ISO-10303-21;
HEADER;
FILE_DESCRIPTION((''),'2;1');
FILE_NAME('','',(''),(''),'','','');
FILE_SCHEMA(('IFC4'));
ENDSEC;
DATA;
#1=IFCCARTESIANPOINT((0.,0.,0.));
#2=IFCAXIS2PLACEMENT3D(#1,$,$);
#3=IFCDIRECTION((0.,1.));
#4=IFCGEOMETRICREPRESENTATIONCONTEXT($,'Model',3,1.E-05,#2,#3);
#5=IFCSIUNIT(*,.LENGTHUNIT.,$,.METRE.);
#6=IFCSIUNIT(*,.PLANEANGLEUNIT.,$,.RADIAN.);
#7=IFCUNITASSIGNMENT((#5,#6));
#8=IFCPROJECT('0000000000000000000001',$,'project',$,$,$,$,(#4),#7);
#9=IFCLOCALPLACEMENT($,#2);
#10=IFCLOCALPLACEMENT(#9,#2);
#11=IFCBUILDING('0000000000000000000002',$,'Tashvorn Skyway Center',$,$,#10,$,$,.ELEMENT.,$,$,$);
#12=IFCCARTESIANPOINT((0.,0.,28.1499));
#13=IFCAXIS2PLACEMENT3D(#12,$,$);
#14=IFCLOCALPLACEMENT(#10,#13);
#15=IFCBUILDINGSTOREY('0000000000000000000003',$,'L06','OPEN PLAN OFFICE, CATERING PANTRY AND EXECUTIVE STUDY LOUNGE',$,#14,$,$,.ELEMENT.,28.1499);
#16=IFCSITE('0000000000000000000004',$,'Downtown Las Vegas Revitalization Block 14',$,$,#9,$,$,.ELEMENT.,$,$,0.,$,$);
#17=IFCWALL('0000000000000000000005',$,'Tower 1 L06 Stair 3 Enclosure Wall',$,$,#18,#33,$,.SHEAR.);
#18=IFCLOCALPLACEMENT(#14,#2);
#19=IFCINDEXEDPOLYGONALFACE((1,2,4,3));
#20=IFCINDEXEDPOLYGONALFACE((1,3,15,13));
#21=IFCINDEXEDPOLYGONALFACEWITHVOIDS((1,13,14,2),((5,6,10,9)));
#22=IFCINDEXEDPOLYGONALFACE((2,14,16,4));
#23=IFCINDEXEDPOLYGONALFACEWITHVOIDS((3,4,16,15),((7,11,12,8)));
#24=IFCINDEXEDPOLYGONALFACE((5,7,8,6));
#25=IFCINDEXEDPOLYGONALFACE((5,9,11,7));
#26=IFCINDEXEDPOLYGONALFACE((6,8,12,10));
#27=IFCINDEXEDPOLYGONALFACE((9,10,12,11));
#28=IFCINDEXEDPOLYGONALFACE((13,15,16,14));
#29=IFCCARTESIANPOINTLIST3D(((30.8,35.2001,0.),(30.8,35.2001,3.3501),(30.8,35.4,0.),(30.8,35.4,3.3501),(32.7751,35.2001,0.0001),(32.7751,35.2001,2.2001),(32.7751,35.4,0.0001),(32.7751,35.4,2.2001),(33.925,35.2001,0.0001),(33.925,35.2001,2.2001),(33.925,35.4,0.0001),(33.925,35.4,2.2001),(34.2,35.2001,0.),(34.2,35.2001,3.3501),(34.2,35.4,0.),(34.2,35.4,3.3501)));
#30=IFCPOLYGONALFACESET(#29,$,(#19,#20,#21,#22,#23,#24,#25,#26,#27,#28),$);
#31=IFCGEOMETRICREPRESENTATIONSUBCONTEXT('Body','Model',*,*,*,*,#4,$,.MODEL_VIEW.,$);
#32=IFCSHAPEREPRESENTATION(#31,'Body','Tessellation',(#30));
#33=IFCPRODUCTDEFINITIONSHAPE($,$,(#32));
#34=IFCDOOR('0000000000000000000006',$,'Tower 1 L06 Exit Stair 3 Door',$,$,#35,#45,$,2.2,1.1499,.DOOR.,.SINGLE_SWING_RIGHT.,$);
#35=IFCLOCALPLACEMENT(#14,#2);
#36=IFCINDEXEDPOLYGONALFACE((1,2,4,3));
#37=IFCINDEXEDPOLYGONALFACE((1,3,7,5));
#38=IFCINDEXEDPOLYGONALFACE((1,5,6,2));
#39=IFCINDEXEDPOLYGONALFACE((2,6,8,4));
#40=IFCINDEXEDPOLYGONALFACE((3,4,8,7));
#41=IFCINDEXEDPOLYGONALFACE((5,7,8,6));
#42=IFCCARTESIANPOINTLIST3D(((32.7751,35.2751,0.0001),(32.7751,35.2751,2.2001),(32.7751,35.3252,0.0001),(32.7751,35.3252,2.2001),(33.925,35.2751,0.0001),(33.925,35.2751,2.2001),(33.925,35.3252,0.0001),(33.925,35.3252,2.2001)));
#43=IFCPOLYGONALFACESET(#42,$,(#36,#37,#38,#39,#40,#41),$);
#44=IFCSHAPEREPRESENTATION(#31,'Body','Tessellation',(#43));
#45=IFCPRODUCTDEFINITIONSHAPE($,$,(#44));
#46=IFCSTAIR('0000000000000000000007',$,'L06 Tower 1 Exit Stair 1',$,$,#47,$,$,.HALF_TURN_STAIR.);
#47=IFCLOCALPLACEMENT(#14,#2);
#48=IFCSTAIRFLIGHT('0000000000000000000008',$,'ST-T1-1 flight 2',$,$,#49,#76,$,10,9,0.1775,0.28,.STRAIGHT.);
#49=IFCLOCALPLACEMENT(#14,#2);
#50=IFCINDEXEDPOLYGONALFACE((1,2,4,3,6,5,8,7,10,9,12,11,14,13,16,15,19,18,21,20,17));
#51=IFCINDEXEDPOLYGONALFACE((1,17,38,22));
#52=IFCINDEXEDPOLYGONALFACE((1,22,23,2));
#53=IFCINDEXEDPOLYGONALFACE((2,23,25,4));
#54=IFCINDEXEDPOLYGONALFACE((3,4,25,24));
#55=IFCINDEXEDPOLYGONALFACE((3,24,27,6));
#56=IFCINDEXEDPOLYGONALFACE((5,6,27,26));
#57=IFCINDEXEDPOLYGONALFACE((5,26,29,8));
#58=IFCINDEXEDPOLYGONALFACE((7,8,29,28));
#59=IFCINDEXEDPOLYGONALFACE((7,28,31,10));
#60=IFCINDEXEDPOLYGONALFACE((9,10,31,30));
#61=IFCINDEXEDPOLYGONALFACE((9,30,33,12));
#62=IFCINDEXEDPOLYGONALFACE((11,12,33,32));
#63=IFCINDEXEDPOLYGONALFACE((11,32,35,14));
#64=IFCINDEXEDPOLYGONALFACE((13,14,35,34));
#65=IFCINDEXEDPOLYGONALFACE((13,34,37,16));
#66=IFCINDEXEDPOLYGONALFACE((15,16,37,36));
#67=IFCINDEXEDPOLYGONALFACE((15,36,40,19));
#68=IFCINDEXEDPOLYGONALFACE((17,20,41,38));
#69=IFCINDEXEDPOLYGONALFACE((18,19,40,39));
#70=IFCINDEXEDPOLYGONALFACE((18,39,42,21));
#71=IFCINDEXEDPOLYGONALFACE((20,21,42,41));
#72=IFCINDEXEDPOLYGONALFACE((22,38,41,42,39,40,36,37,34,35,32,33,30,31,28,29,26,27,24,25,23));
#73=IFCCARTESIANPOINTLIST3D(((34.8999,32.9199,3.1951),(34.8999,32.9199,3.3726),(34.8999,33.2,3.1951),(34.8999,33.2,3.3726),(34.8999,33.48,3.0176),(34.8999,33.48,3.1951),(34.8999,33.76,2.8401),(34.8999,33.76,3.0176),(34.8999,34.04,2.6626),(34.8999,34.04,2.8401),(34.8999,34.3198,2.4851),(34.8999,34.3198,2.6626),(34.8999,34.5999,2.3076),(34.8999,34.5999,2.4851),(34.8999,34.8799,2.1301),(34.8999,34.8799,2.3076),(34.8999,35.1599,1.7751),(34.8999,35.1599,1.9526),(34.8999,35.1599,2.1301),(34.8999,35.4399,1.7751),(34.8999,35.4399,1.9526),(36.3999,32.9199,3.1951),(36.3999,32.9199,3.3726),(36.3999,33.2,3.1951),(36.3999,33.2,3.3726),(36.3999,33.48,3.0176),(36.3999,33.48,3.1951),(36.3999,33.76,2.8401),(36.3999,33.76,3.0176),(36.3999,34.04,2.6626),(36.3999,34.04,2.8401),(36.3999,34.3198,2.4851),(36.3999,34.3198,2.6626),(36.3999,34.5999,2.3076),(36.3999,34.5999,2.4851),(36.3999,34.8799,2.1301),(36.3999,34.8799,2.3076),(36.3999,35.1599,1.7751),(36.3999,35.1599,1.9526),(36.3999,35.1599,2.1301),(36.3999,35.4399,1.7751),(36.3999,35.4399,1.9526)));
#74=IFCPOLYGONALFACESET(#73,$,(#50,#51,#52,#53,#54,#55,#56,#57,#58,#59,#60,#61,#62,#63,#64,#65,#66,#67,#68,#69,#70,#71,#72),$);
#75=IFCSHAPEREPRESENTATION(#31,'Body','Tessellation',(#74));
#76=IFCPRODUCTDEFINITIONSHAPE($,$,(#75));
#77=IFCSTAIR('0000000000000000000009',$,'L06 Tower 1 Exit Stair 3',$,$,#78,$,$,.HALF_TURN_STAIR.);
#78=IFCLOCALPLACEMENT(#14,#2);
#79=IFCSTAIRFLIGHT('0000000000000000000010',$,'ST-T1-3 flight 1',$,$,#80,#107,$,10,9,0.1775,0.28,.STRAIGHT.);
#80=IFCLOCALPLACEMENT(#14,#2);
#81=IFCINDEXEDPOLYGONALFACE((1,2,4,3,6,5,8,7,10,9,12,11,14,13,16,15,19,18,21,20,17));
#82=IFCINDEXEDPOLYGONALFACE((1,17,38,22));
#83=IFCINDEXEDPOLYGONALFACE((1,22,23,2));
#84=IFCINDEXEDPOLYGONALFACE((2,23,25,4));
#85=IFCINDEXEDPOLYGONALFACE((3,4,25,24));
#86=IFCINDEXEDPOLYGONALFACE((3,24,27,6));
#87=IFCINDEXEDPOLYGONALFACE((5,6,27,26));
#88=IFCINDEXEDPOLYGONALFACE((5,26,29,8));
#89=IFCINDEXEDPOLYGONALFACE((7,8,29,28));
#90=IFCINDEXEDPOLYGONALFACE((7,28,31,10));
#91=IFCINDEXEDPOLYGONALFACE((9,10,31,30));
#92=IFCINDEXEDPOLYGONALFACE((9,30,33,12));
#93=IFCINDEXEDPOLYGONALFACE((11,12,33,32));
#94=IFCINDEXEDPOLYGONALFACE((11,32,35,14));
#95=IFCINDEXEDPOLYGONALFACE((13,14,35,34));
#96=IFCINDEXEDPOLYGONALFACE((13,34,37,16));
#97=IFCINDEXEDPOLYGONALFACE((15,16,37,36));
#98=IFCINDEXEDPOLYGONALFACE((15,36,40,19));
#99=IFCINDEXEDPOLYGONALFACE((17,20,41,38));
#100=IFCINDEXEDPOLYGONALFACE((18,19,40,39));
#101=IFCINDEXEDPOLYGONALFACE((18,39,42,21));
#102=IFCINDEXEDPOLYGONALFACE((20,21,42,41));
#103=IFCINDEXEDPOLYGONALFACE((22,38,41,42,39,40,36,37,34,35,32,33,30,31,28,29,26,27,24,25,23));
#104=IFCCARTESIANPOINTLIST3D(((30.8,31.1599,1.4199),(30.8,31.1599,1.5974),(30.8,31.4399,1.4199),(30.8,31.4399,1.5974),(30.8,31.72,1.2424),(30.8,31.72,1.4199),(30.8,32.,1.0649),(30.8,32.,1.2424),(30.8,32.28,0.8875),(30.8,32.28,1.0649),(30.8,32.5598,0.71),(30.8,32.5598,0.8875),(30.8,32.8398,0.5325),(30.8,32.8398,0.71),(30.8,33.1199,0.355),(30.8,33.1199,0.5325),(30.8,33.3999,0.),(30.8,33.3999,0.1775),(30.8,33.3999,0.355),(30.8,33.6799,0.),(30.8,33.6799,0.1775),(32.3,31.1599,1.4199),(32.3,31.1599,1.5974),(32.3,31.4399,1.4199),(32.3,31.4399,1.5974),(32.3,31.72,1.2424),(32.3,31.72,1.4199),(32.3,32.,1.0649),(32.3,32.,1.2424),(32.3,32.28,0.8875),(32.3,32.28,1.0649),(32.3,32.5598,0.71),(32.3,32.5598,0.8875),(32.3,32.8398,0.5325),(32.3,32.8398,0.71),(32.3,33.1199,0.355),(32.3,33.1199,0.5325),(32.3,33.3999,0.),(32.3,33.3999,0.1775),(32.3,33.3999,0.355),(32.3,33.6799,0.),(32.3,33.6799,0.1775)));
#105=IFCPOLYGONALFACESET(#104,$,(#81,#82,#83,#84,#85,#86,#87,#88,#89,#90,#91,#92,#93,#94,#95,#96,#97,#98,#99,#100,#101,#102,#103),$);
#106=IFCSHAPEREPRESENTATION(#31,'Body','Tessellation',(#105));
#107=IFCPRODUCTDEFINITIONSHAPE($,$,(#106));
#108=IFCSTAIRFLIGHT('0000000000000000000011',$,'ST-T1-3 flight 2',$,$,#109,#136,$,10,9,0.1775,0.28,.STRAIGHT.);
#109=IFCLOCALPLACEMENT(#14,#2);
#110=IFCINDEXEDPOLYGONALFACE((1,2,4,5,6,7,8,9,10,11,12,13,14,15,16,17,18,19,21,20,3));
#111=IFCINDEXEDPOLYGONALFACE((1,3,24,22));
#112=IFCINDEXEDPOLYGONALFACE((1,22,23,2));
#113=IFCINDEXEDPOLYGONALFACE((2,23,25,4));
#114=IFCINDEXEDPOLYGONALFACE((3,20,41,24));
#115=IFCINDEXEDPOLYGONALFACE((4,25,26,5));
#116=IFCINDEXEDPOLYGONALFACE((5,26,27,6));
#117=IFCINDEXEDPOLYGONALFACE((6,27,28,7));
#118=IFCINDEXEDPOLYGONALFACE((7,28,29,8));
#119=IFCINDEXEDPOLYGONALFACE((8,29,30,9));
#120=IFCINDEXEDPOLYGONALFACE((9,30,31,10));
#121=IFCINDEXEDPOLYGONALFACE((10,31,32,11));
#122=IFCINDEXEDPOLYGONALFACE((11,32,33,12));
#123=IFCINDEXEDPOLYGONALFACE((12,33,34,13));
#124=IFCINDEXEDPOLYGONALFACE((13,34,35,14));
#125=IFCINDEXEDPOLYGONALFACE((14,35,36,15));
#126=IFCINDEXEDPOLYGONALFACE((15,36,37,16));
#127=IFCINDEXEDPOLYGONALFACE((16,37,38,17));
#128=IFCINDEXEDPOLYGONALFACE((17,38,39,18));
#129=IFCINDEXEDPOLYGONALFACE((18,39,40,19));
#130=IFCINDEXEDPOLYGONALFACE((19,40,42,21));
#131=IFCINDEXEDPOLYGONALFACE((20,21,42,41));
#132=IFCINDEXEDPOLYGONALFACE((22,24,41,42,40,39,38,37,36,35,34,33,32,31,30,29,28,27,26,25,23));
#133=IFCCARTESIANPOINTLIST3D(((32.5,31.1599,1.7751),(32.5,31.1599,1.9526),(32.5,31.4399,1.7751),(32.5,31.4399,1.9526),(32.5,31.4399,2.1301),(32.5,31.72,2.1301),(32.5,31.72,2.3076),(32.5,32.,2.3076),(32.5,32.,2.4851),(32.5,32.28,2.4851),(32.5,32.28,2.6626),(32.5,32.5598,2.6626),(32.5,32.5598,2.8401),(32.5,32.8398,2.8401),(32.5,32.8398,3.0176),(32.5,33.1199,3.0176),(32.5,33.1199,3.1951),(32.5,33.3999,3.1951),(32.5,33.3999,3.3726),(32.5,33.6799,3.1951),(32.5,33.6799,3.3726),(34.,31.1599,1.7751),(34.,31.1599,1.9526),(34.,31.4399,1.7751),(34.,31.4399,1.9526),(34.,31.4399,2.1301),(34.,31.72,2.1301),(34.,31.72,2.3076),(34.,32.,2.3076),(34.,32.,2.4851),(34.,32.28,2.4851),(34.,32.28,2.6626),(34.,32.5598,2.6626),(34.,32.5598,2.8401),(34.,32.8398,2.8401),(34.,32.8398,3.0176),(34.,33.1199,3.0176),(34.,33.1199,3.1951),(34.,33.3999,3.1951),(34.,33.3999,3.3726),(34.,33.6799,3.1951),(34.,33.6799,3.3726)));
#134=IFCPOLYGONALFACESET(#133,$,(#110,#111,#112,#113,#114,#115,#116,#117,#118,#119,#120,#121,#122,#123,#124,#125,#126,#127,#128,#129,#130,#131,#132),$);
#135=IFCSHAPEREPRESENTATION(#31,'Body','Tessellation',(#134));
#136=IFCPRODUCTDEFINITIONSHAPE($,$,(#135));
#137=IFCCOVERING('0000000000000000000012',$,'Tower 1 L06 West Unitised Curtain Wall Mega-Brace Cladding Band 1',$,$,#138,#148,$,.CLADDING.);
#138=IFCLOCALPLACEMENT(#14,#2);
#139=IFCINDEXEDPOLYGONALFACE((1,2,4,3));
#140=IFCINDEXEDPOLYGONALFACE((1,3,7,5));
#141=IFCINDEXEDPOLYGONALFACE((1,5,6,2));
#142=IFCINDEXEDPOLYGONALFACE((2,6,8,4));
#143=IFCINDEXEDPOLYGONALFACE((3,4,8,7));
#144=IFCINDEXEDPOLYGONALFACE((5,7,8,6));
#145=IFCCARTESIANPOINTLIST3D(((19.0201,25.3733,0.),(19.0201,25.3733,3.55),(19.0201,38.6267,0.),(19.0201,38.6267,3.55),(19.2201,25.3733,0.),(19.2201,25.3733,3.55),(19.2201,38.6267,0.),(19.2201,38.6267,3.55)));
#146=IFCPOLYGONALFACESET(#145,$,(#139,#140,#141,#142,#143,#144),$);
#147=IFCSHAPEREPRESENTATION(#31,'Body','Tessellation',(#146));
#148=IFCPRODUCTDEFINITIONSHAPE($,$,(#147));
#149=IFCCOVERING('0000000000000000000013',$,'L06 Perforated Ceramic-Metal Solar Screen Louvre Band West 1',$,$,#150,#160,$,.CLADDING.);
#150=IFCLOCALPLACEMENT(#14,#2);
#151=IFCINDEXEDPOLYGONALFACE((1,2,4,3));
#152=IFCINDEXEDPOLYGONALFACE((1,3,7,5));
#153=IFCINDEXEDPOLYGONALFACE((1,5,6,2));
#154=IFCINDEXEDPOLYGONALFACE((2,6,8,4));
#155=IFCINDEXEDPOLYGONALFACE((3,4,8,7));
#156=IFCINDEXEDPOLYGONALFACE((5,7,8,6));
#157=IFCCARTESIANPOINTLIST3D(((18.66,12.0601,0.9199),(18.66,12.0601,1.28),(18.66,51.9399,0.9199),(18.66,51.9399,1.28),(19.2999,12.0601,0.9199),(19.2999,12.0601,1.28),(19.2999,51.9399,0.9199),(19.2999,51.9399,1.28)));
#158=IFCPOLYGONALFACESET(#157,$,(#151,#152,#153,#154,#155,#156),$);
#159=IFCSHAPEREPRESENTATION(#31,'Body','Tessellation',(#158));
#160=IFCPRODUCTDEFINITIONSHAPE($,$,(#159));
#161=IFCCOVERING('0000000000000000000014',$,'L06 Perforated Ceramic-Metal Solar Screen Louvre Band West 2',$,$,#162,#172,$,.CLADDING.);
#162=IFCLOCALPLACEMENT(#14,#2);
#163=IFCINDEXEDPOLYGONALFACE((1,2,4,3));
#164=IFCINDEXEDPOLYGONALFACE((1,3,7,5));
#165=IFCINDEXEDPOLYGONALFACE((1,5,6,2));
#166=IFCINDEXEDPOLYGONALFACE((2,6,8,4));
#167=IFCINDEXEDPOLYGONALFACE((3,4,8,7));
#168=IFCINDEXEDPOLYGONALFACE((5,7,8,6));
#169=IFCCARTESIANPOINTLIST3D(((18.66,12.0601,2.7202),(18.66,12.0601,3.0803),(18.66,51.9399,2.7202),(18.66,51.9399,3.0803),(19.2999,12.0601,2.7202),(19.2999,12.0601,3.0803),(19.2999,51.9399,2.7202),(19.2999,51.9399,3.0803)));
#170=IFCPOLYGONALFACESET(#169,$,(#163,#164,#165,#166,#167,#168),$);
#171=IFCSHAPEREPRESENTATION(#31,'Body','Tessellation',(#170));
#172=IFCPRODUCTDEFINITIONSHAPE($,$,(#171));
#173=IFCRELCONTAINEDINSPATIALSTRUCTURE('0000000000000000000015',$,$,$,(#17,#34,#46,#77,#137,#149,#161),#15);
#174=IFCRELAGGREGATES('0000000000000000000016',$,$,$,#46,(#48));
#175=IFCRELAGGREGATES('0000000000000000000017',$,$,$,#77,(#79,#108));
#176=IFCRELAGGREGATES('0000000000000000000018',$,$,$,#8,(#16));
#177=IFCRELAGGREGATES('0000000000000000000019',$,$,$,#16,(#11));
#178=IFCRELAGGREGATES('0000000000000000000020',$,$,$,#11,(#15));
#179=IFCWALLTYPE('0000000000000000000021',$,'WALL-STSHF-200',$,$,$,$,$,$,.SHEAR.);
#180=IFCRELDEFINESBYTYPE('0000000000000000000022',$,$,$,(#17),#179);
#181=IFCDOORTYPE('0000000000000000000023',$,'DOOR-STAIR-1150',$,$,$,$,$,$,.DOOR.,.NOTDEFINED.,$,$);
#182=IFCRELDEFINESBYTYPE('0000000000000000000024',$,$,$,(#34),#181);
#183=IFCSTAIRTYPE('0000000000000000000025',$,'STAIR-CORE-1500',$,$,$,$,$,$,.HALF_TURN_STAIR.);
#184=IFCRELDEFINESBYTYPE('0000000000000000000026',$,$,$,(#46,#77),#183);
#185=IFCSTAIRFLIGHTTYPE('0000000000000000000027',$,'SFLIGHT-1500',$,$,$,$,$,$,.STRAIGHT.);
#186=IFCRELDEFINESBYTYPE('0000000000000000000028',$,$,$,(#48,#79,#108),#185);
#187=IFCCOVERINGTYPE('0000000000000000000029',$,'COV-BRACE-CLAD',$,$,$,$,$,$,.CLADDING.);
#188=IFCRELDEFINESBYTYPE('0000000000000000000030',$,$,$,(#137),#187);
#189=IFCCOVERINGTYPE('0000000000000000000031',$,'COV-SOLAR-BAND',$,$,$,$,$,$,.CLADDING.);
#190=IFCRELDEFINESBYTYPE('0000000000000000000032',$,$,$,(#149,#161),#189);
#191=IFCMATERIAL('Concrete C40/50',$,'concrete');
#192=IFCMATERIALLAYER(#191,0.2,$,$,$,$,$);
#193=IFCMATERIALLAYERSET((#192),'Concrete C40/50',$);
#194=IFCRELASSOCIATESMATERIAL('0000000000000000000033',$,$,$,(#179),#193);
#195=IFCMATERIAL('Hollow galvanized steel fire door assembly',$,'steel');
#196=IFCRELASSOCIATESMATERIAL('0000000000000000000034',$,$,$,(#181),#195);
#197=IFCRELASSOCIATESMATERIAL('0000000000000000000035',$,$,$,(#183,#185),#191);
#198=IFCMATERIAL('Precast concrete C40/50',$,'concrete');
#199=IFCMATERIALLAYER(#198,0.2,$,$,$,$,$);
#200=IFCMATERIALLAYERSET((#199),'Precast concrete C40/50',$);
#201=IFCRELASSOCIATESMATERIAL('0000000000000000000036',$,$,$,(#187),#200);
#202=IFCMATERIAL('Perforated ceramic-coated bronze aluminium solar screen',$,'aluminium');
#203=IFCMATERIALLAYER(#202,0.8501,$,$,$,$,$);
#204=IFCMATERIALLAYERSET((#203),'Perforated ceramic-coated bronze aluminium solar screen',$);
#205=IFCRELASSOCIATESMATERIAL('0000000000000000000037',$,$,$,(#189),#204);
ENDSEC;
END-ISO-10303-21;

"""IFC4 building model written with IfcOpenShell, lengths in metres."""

from ifc_helpers import new_model, si_unit, direction, frame, frame_2d, origin, origin_2d, place, context, subcontext, project, spatial, polyline, rectangle, outline, extrude, material, layer, layer_set, type_object, element, fill, aggregate, save


model = new_model("IFC4")

# Units and contexts
model_context = context("Model", 3, precision=1e-05, world=origin(), true_north=direction((0.0, 1.0)))
body_context = subcontext(model_context, "Body", "Model", "MODEL_VIEW")
ifc_project = project(units=[si_unit("LENGTHUNIT", "METRE"), si_unit("PLANEANGLEUNIT", "RADIAN")], contexts=[model_context])

# Site, building, storey
site_placement = place(None, origin())
site = spatial("IfcSite", under=ifc_project, at=site_placement, Name="Downtown Las Vegas Revitalization Block 14", CompositionType="ELEMENT", RefElevation=0.0)
building_placement = place(site_placement, origin())
building = spatial("IfcBuilding", under=site, at=building_placement, Name="Tashvorn Skyway Center", CompositionType="ELEMENT")
storey_placement = place(building_placement, frame((0.0, 0.0, 28.1499)))
storey = spatial("IfcBuildingStorey", under=building, at=storey_placement, Name="L06", Description="OPEN PLAN OFFICE, CATERING PANTRY AND EXECUTIVE STUDY LOUNGE", CompositionType="ELEMENT", Elevation=28.1499)

# Shared definitions
ifc_material_1 = material(Name="Concrete C40/50", Category="concrete")
ifc_layer_1 = layer(ifc_material_1, 0.2)
ifc_layer_set_1 = layer_set([ifc_layer_1], Name="Concrete C40/50")
wall_type_1 = type_object("IfcWallType", Name="WALL-STSHF-200", PredefinedType="SHEAR", material=ifc_layer_set_1)

# Wall, opening, door
wall_1_placement = place(storey_placement, frame((34.2, 35.3, 0.0), z_axis=(0.0, 0.0, 1.0), x_axis=(-1.0, 0.0, 0.0)))
wall_1 = element("IfcWall", 1, at=wall_1_placement, inside=storey, type_object=wall_type_1, Name="Tower 1 L06 Stair 3 Enclosure Wall", PredefinedType="SHEAR", context=body_context, shape_type="SweptSolid", body=[
    extrude(rectangle(XDim=3.3999, YDim=0.2, at=frame_2d((1.7, 0.0))), origin(), (0.0, 0.0, 1.0), 3.3501),
])
opening_placement = place(wall_1_placement, frame((0.2749, 0.0, 0.0)))
opening = element("IfcOpeningElement", 2, at=opening_placement, cuts=wall_1, PredefinedType="OPENING", context=body_context, shape_type="SweptSolid", body=[
    extrude(rectangle(XDim=1.1499, YDim=2.2, at=frame_2d((0.575, 1.1001))), frame((0.0, 0.1099, 0.0), z_axis=(0.0, -1.0, 0.0), x_axis=(1.0, 0.0, 0.0)), (0.0, 0.0, 1.0), 0.22),
])
ifc_material_2 = material(Name="Hollow galvanized steel fire door assembly", Category="steel")
door_type = type_object("IfcDoorType", Name="DOOR-STAIR-1150", OperationType="NOTDEFINED", PredefinedType="DOOR", material=ifc_material_2)
door_placement = place(opening_placement, origin())
door = element("IfcDoor", 3, at=door_placement, inside=storey, type_object=door_type, Name="Tower 1 L06 Exit Stair 3 Door", OperationType="SINGLE_SWING_RIGHT", OverallHeight=2.2, OverallWidth=1.1499, PredefinedType="DOOR", context=body_context, shape_type="SweptSolid", body=[
    extrude(rectangle(XDim=1.1499, YDim=2.2, at=frame_2d((0.575, 1.1001))), frame((0.0, 0.0249, 0.0), z_axis=(0.0, -1.0, 0.0), x_axis=(1.0, 0.0, 0.0)), (0.0, 0.0, 1.0), 0.05),
])
fill(opening, door)

# Stair, stair flight
stair_type = type_object("IfcStairType", Name="STAIR-CORE-1500", PredefinedType="HALF_TURN_STAIR", material=ifc_material_1)
stair_1_placement = place(storey_placement, origin())
stair_1 = element("IfcStair", 4, at=stair_1_placement, inside=storey, type_object=stair_type, Name="L06 Tower 1 Exit Stair 1", PredefinedType="HALF_TURN_STAIR")
stair_flight_type = type_object("IfcStairFlightType", Name="SFLIGHT-1500", PredefinedType="STRAIGHT", material=ifc_material_1)
stair_flight_1_placement = place(storey_placement, frame((35.6499, 35.4399, 1.7751), z_axis=(0.0, 0.0, 1.0), x_axis=(0.0, -1.0, 0.0)))
stair_flight_1 = element("IfcStairFlight", 5, at=stair_flight_1_placement, type_object=stair_flight_type, Name="ST-T1-1 flight 2", NumberOfRisers=10, NumberOfTreads=9, PredefinedType="STRAIGHT", RiserHeight=0.1775, TreadLength=0.28, context=body_context, shape_type="SweptSolid", body=[
    extrude(outline(polyline([(0.0, 0.0), (0.0, 0.1775), (0.28, 0.1775), (0.28, 0.355), (0.5601, 0.355), (0.5601, 0.5325), (0.8401, 0.5325), (0.8401, 0.71), (1.1201, 0.71), (1.1201, 0.8875), (1.3999, 0.8875), (1.3999, 1.0649), (1.6799, 1.0649), (1.6799, 1.2424), (1.96, 1.2424), (1.96, 1.4199), (2.24, 1.4199), (2.24, 1.5974), (2.52, 1.5974), (2.52, 1.7749), (2.52, 1.4199), (0.28, 0.0), (0.0, 0.0)])), frame((0.0, 0.75, 0.0), z_axis=(0.0, -1.0, 0.0), x_axis=(1.0, 0.0, 0.0)), (0.0, 0.0, 1.0), 1.5),
])
aggregate(stair_1, [stair_flight_1])

# Stair, stair flights
stair_2_placement = place(storey_placement, origin())
stair_2 = element("IfcStair", 6, at=stair_2_placement, inside=storey, type_object=stair_type, Name="L06 Tower 1 Exit Stair 3", PredefinedType="HALF_TURN_STAIR")
stair_flight_2_placement = place(storey_placement, frame((31.55, 33.6799, 0.0), z_axis=(0.0, 0.0, 1.0), x_axis=(0.0, -1.0, 0.0)))
stair_flight_2 = element("IfcStairFlight", 7, at=stair_flight_2_placement, type_object=stair_flight_type, Name="ST-T1-3 flight 1", NumberOfRisers=10, NumberOfTreads=9, PredefinedType="STRAIGHT", RiserHeight=0.1775, TreadLength=0.28, context=body_context, shape_type="SweptSolid", body=[
    extrude(outline(polyline([(0.0, 0.0), (0.0, 0.1775), (0.28, 0.1775), (0.28, 0.355), (0.5601, 0.355), (0.5601, 0.5325), (0.8401, 0.5325), (0.8401, 0.71), (1.1201, 0.71), (1.1201, 0.8875), (1.3999, 0.8875), (1.3999, 1.0649), (1.6799, 1.0649), (1.6799, 1.2424), (1.96, 1.2424), (1.96, 1.4199), (2.24, 1.4199), (2.24, 1.5974), (2.52, 1.5974), (2.52, 1.7749), (2.52, 1.4199), (0.28, 0.0), (0.0, 0.0)])), frame((0.0, 0.75, 0.0), z_axis=(0.0, -1.0, 0.0), x_axis=(1.0, 0.0, 0.0)), (0.0, 0.0, 1.0), 1.5),
])
stair_flight_3_placement = place(storey_placement, frame((33.25, 31.1599, 1.7751), z_axis=(0.0, 0.0, 1.0), x_axis=(0.0, 1.0, 0.0)))
stair_flight_3 = element("IfcStairFlight", 8, at=stair_flight_3_placement, type_object=stair_flight_type, Name="ST-T1-3 flight 2", NumberOfRisers=10, NumberOfTreads=9, PredefinedType="STRAIGHT", RiserHeight=0.1775, TreadLength=0.28, context=body_context, shape_type="SweptSolid", body=[
    extrude(outline(polyline([(0.0, 0.0), (0.0, 0.1775), (0.28, 0.1775), (0.28, 0.355), (0.5601, 0.355), (0.5601, 0.5325), (0.8401, 0.5325), (0.8401, 0.71), (1.1201, 0.71), (1.1201, 0.8875), (1.3999, 0.8875), (1.3999, 1.0649), (1.6799, 1.0649), (1.6799, 1.2424), (1.96, 1.2424), (1.96, 1.4199), (2.24, 1.4199), (2.24, 1.5974), (2.52, 1.5974), (2.52, 1.7749), (2.52, 1.4199), (0.28, 0.0), (0.0, 0.0)])), frame((0.0, 0.75, 0.0), z_axis=(0.0, -1.0, 0.0), x_axis=(1.0, 0.0, 0.0)), (0.0, 0.0, 1.0), 1.5),
])
aggregate(stair_2, [stair_flight_2, stair_flight_3])

# Coverings
ifc_material_3 = material(Name="Precast concrete C40/50", Category="concrete")
ifc_layer_2 = layer(ifc_material_3, 0.2)
ifc_layer_set_2 = layer_set([ifc_layer_2], Name="Precast concrete C40/50")
covering_type_1 = type_object("IfcCoveringType", Name="COV-BRACE-CLAD", PredefinedType="CLADDING", material=ifc_layer_set_2)
covering_placement = place(storey_placement, frame((19.1201, 32.0, 0.0), z_axis=(0.0, 0.0, 1.0), x_axis=(0.0, 1.0, 0.0)))
element("IfcCovering", 9, at=covering_placement, inside=storey, type_object=covering_type_1, Name="Tower 1 L06 West Unitised Curtain Wall Mega-Brace Cladding Band 1", PredefinedType="CLADDING", context=body_context, shape_type="SweptSolid", body=[
    extrude(rectangle(XDim=13.2534, YDim=0.2, at=origin_2d()), origin(), (0.0, 0.0, 1.0), 3.55),
])
ifc_material_4 = material(Name="Perforated ceramic-coated bronze aluminium solar screen", Category="aluminium")
ifc_layer_3 = layer(ifc_material_4, 0.8501)
ifc_layer_set_3 = layer_set([ifc_layer_3], Name="Perforated ceramic-coated bronze aluminium solar screen")
covering_type_2 = type_object("IfcCoveringType", Name="COV-SOLAR-BAND", PredefinedType="CLADDING", material=ifc_layer_set_3)
for number, where, z_axis, x_axis, name in (
    (10, (18.98, 32.0, 0.9199), (0.0, 0.0, 1.0), (0.0, 1.0, 0.0), "L06 Perforated Ceramic-Metal Solar Screen Louvre Band West 1"),
    (11, (18.98, 32.0, 2.7202), (0.0, 0.0, 1.0), (0.0, 1.0, 0.0), "L06 Perforated Ceramic-Metal Solar Screen Louvre Band West 2"),
):
    element("IfcCovering", number, at=place(storey_placement, frame(where, z_axis=z_axis, x_axis=x_axis)), inside=storey, type_object=covering_type_2, Name=name, PredefinedType="CLADDING", context=body_context, shape_type="SweptSolid", body=[
        extrude(rectangle(XDim=39.8799, YDim=0.6399, at=origin_2d()), origin(), (0.0, 0.0, 1.0), 0.3601),
    ])

save(model, "model.ifc")
